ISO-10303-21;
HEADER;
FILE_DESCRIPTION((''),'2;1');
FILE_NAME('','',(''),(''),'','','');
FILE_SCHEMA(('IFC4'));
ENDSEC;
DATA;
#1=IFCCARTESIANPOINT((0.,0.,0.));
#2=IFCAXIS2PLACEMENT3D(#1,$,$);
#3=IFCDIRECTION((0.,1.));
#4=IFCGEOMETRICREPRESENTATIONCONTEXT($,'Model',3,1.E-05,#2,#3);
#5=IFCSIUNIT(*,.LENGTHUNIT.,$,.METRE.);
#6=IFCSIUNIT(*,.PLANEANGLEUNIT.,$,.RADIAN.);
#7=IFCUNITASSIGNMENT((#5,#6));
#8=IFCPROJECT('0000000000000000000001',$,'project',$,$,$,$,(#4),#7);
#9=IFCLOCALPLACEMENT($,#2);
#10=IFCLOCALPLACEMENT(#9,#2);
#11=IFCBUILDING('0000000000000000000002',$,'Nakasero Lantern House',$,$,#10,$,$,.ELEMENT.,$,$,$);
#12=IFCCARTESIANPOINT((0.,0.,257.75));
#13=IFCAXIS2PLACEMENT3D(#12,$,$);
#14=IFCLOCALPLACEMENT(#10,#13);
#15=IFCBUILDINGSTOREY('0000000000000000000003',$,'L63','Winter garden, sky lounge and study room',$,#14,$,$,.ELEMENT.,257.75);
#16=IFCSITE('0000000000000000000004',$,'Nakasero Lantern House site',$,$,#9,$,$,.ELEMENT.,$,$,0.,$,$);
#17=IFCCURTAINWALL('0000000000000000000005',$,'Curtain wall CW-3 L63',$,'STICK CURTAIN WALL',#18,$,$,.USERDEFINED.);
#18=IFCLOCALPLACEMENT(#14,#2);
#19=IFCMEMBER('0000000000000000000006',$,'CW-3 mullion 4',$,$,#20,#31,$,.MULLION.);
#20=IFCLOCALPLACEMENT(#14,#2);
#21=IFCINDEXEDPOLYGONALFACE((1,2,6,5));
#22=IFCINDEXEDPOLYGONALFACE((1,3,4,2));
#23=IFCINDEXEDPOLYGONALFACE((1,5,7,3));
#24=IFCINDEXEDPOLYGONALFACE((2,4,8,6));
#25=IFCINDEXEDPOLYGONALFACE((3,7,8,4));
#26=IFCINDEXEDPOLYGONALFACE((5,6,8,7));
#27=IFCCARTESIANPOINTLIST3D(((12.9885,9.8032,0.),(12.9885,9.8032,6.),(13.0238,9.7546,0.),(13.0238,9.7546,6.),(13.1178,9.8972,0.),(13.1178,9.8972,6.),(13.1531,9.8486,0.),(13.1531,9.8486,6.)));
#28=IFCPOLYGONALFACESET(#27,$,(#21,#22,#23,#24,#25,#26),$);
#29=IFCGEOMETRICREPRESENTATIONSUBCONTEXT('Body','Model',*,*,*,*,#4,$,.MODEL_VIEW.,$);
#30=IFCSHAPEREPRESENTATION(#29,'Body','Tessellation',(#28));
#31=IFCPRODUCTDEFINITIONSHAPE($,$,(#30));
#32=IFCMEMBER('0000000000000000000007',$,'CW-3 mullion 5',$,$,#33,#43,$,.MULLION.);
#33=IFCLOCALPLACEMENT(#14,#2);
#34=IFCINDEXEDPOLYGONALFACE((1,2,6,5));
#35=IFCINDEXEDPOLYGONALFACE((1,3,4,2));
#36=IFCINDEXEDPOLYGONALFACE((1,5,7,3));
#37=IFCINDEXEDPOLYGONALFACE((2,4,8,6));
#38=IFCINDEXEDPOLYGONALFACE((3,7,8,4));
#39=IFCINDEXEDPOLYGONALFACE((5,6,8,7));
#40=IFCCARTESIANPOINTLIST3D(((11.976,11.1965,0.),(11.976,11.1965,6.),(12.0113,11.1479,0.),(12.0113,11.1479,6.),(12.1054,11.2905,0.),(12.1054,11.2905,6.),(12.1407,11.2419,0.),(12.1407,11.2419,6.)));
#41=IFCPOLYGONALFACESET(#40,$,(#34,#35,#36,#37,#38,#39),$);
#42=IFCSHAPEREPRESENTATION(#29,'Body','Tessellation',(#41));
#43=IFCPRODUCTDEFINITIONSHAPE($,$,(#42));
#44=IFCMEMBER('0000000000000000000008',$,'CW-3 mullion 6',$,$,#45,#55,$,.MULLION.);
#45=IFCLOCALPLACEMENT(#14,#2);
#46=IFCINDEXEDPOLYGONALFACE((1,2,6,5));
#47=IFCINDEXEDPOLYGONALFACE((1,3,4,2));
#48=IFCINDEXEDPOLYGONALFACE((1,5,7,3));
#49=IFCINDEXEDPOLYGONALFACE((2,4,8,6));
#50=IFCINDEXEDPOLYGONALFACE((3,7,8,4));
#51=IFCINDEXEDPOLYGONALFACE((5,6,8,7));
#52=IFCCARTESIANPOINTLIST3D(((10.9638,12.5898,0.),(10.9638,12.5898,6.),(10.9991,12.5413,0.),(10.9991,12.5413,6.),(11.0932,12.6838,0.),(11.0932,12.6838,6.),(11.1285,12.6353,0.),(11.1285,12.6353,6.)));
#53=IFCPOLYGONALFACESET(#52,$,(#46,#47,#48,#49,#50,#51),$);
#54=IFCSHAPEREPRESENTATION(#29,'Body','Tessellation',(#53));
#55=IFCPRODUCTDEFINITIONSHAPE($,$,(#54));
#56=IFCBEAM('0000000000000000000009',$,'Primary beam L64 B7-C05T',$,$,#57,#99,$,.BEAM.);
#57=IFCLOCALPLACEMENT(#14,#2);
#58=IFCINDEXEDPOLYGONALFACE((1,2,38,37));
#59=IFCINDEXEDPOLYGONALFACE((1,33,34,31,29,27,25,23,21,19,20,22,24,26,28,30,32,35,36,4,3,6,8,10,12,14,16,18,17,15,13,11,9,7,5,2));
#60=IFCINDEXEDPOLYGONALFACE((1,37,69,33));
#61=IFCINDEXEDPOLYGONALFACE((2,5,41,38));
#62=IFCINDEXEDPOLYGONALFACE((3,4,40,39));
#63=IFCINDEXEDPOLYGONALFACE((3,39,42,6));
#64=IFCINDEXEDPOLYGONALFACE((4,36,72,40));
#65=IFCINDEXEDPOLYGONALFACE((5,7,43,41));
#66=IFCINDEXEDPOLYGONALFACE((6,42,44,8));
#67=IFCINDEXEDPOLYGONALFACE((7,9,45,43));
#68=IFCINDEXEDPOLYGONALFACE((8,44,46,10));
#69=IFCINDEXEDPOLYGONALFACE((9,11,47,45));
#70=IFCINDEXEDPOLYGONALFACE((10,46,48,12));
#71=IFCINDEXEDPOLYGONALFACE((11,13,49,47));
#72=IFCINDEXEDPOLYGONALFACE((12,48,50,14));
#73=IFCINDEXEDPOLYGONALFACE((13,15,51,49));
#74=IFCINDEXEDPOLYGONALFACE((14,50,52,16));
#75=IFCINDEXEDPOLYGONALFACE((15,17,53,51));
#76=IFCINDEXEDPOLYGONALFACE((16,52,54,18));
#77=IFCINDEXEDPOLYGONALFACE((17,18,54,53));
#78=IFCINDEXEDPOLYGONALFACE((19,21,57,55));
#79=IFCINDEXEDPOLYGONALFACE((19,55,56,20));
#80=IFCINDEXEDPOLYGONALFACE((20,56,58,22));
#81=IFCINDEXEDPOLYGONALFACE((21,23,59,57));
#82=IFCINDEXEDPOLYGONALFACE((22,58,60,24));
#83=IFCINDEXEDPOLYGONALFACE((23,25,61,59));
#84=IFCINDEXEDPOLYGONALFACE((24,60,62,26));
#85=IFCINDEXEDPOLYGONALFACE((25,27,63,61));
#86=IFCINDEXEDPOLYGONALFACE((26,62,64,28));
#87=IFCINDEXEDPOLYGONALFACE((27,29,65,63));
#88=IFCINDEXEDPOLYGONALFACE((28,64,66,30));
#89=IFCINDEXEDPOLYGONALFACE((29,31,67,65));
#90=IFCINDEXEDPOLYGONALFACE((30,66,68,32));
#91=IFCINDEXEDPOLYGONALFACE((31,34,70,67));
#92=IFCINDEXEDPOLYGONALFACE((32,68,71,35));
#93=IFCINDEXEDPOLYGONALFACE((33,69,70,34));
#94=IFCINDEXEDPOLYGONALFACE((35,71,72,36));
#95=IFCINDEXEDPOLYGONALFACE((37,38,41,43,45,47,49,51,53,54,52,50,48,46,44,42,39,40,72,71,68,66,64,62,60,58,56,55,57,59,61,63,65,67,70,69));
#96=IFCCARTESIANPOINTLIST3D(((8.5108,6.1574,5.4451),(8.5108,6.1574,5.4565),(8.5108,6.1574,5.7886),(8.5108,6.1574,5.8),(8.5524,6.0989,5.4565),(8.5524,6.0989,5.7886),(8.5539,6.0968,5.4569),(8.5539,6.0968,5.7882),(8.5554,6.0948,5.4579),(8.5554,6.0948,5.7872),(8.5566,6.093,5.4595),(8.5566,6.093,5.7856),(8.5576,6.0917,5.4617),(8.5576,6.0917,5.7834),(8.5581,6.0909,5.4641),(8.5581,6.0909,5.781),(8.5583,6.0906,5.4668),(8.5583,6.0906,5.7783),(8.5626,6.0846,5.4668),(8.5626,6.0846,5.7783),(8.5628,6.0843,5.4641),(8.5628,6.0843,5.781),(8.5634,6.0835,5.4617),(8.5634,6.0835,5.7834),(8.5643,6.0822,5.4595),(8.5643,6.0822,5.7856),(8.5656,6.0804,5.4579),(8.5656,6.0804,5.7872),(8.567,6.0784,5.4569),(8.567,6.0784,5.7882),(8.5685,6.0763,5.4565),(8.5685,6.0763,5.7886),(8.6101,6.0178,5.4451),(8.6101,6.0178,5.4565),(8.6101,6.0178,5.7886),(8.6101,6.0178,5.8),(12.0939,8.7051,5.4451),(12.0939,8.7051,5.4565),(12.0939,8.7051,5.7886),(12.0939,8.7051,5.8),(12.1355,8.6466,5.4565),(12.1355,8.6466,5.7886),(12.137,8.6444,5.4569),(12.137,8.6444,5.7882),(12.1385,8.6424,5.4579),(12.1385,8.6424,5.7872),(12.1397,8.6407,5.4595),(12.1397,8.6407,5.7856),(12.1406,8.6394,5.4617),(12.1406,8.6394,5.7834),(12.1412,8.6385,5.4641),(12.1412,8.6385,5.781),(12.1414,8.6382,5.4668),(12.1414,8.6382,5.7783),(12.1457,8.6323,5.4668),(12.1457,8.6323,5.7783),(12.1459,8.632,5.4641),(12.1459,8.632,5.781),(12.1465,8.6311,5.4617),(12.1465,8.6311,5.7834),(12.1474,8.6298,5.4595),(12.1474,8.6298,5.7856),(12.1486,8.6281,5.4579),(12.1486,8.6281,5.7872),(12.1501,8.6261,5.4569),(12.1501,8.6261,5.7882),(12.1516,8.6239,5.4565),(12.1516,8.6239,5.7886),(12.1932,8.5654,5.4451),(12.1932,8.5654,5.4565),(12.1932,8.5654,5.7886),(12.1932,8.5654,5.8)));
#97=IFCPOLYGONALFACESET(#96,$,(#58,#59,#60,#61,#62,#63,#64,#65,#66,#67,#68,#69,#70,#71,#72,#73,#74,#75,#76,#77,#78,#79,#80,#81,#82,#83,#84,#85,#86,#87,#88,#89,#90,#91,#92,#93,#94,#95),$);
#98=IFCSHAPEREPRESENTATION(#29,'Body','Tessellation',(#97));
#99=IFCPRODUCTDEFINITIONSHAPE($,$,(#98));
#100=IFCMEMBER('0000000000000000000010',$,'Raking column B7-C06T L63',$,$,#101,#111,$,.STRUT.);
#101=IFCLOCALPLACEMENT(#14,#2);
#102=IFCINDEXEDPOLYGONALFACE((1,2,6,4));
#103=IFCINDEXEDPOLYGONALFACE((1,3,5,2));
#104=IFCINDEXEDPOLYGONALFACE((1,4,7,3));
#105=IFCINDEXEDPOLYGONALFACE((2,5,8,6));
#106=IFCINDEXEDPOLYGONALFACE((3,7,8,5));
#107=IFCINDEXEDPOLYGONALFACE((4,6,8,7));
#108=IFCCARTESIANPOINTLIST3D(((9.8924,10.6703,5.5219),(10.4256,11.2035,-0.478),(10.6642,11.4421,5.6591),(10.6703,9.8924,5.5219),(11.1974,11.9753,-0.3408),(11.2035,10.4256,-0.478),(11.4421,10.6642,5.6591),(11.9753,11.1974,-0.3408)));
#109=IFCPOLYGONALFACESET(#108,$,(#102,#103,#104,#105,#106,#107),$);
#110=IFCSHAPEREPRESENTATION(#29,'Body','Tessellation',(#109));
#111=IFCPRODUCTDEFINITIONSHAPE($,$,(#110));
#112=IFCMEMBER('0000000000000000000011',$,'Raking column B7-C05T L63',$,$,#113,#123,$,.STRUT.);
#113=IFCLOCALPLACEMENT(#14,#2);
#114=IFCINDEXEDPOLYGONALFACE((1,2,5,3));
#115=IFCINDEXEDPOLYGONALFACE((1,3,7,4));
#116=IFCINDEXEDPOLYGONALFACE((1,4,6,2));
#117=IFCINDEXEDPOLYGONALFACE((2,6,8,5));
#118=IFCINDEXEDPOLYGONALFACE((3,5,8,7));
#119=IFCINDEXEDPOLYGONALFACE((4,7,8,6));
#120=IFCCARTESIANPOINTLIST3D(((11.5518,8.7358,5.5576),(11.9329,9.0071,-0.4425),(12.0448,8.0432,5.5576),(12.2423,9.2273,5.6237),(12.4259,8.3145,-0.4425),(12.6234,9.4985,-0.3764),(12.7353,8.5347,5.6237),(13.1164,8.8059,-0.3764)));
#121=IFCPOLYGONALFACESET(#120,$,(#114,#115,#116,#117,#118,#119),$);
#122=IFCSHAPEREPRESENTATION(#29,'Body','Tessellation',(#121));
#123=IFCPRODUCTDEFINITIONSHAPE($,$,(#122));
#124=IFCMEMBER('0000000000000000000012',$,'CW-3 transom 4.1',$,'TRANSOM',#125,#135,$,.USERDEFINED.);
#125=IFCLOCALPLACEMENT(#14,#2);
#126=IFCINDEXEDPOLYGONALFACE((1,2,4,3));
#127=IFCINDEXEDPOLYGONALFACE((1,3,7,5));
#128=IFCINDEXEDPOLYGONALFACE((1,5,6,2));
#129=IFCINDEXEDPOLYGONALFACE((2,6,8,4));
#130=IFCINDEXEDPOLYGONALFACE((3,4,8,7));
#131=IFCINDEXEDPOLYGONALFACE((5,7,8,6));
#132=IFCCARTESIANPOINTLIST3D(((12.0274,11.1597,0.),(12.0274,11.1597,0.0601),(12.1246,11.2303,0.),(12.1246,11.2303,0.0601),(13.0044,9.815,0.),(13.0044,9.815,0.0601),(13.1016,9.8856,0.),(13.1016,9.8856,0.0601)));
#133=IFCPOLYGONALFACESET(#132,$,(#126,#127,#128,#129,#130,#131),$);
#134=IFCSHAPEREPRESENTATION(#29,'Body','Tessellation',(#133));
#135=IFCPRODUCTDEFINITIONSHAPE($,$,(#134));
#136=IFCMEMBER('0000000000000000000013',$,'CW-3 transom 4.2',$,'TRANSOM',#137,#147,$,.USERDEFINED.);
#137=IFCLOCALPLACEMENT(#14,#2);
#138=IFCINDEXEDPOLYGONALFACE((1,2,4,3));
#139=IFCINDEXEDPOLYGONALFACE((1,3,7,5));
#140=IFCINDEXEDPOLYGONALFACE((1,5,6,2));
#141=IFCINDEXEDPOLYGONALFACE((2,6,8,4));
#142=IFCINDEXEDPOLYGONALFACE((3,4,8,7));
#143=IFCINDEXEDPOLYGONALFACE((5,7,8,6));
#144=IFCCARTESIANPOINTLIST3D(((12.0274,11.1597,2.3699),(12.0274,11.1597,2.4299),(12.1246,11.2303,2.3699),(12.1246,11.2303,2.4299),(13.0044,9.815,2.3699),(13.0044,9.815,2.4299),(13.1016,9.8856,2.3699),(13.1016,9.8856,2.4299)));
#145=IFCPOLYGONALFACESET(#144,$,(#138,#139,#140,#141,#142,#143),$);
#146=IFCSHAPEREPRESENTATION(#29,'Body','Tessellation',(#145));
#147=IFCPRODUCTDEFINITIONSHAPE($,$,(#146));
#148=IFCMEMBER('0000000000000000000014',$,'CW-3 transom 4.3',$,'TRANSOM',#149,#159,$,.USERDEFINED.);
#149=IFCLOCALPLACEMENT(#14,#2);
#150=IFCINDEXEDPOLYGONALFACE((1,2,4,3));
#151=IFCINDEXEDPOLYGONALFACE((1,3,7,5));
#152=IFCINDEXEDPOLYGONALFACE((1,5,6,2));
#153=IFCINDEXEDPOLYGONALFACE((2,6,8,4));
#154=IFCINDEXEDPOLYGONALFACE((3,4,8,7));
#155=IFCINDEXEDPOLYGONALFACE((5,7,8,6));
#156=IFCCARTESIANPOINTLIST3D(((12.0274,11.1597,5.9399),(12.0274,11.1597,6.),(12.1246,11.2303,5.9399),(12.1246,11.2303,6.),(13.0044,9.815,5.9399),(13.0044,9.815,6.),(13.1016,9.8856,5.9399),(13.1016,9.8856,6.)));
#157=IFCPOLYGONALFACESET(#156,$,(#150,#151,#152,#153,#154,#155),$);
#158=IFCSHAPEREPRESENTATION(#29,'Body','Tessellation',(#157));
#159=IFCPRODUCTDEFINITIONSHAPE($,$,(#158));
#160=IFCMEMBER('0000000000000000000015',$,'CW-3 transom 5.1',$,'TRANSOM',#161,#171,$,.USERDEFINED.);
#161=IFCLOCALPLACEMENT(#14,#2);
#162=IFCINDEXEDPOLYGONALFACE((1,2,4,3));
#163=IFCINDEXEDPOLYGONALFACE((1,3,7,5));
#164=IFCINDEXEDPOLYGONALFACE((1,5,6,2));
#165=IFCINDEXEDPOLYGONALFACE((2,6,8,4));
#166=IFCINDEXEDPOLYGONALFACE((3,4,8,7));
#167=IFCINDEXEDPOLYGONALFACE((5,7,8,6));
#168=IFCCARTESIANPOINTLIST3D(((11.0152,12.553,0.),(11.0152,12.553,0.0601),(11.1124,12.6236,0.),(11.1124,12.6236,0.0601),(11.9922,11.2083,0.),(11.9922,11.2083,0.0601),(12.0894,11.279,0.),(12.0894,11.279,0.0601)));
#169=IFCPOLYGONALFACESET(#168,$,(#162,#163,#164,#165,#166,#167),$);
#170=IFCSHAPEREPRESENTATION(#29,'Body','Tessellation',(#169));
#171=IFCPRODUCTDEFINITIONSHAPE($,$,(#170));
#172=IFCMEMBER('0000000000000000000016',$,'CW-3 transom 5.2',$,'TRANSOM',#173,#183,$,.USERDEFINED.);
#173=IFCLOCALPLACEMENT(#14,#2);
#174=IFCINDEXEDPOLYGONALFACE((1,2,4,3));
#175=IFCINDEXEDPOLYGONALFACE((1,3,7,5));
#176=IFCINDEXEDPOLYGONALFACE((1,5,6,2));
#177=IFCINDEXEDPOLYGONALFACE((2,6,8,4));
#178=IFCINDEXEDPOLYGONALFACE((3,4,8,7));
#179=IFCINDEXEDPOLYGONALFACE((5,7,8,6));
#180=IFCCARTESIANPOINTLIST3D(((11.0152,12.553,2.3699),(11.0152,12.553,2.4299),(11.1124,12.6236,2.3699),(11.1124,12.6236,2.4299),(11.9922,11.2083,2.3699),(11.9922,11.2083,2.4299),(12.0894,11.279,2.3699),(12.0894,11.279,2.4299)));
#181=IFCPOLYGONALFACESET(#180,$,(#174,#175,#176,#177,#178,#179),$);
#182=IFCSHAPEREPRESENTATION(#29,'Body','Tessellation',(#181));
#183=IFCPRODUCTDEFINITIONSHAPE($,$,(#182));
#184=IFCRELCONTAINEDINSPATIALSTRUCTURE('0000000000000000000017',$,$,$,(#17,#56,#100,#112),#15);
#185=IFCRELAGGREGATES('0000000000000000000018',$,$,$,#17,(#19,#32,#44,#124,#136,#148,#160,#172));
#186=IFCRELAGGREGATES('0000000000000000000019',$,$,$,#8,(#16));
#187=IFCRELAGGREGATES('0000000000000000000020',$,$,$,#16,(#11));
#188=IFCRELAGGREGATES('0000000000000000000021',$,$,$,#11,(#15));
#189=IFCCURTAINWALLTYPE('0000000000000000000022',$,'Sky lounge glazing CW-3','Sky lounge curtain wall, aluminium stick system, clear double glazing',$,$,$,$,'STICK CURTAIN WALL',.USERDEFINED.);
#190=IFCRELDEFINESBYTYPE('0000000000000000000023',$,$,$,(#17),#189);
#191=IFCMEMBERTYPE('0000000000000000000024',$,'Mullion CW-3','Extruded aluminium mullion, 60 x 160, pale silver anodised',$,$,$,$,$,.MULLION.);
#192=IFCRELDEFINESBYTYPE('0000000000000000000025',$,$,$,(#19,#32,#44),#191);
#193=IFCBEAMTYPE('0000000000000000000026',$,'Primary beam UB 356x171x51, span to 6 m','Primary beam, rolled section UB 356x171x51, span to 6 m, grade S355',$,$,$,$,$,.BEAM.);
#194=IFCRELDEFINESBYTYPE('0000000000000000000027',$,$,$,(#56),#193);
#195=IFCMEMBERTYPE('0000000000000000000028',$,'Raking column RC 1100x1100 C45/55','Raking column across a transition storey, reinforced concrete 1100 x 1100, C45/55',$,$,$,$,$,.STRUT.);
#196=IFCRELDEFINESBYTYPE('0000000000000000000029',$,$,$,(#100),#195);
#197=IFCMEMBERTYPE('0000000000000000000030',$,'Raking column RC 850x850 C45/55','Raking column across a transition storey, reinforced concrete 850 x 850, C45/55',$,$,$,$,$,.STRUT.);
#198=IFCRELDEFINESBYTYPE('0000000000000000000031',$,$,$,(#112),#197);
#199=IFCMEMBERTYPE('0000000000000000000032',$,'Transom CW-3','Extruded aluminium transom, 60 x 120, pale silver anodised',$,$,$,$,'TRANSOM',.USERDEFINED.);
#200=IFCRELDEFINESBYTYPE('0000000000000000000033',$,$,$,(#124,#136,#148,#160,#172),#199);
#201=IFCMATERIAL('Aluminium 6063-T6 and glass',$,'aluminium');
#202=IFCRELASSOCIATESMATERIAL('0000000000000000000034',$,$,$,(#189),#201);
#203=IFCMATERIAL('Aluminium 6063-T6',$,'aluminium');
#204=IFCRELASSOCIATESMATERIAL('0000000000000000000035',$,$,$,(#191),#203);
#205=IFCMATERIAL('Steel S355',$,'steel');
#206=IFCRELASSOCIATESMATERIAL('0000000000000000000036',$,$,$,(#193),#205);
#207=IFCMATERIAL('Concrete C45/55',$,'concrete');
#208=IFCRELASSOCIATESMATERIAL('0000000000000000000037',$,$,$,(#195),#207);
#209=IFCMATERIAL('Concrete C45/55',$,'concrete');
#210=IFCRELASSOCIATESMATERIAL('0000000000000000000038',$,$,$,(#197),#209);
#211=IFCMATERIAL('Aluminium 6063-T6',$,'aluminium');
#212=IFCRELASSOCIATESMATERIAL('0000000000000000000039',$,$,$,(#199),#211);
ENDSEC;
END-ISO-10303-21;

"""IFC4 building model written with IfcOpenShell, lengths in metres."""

from ifc_helpers import new_model, si_unit, direction, frame, origin, origin_2d, place, context, subcontext, project, spatial, rectangle, i_section, extrude, material, material_profile, profile_set, type_object, element, aggregate, save


model = new_model("IFC4")

# Units and contexts
model_context = context("Model", 3, precision=1e-05, world=origin(), true_north=direction((0.0, 1.0)))
body_context = subcontext(model_context, "Body", "Model", "MODEL_VIEW")
ifc_project = project(units=[si_unit("LENGTHUNIT", "METRE"), si_unit("PLANEANGLEUNIT", "RADIAN")], contexts=[model_context])

# Site, building, storey
site_placement = place(None, origin())
site = spatial("IfcSite", under=ifc_project, at=site_placement, Name="Nakasero Lantern House site", CompositionType="ELEMENT", RefElevation=0.0)
building_placement = place(site_placement, origin())
building = spatial("IfcBuilding", under=site, at=building_placement, Name="Nakasero Lantern House", CompositionType="ELEMENT")
storey_placement = place(building_placement, frame((0.0, 0.0, 257.75)))
storey = spatial("IfcBuildingStorey", under=building, at=storey_placement, Name="L63", Description="Winter garden, sky lounge and study room", CompositionType="ELEMENT", Elevation=257.75)

# Curtain wall, members
ifc_material_1 = material(Name="Aluminium 6063-T6 and glass", Category="aluminium")
curtain_wall_type = type_object("IfcCurtainWallType", Name="Sky lounge glazing CW-3", Description="Sky lounge curtain wall, aluminium stick system, clear double glazing", ElementType="STICK CURTAIN WALL", PredefinedType="USERDEFINED", material=ifc_material_1)
curtain_wall_placement = place(storey_placement, origin())
curtain_wall = element("IfcCurtainWall", 1, at=curtain_wall_placement, inside=storey, type_object=curtain_wall_type, Name="Curtain wall CW-3 L63", ObjectType="STICK CURTAIN WALL", PredefinedType="USERDEFINED")
ifc_material_2 = material(Name="Aluminium 6063-T6", Category="aluminium")
ifc_material_profile_1 = material_profile(ifc_material_2, rectangle(XDim=0.0601, YDim=0.1599, at=origin_2d()), Name="CW-3 mullion 60x160")
ifc_profile_set_1 = profile_set([ifc_material_profile_1], Name="Aluminium 6063-T6")
member_type_1 = type_object("IfcMemberType", Name="Mullion CW-3", Description="Extruded aluminium mullion, 60 x 160, pale silver anodised", PredefinedType="MULLION", material=ifc_profile_set_1)
member_1_placement = place(storey_placement, frame((13.0708, 9.8259, 0.0), z_axis=(0.0, 0.0, 1.0), x_axis=(-0.587785, 0.809017, 0.0)))
member_1 = element("IfcMember", 2, at=member_1_placement, type_object=member_type_1, Name="CW-3 mullion 4", PredefinedType="MULLION", context=body_context, shape_type="SweptSolid", body=[
    extrude(rectangle(XDim=0.0601, YDim=0.1599, at=origin_2d()), origin(), (0.0, 0.0, 1.0), 6.0),
])
member_2_placement = place(storey_placement, frame((12.0583, 11.2192, 0.0), z_axis=(0.0, 0.0, 1.0), x_axis=(-0.587785, 0.809017, 0.0)))
member_2 = element("IfcMember", 3, at=member_2_placement, type_object=member_type_1, Name="CW-3 mullion 5", PredefinedType="MULLION", context=body_context, shape_type="SweptSolid", body=[
    extrude(rectangle(XDim=0.0601, YDim=0.1599, at=origin_2d()), origin(), (0.0, 0.0, 1.0), 6.0),
])
member_3_placement = place(storey_placement, frame((11.0461, 12.6125, 0.0), z_axis=(0.0, 0.0, 1.0), x_axis=(-0.587785, 0.809017, 0.0)))
member_3 = element("IfcMember", 4, at=member_3_placement, type_object=member_type_1, Name="CW-3 mullion 6", PredefinedType="MULLION", context=body_context, shape_type="SweptSolid", body=[
    extrude(rectangle(XDim=0.0601, YDim=0.1599, at=origin_2d()), origin(), (0.0, 0.0, 1.0), 6.0),
])

# Beam
ifc_material_3 = material(Name="Steel S355", Category="steel")
ifc_material_profile_2 = material_profile(ifc_material_3, i_section(OverallWidth=0.1714, OverallDepth=0.355, WebThickness=0.0073, FlangeThickness=0.0115, FilletRadius=0.0103, at=origin_2d()), Name="UB 356x171x51")
ifc_profile_set_2 = profile_set([ifc_material_profile_2], Name="Steel S355")
beam_type = type_object("IfcBeamType", Name="Primary beam UB 356x171x51, span to 6 m", Description="Primary beam, rolled section UB 356x171x51, span to 6 m, grade S355", PredefinedType="BEAM", material=ifc_profile_set_2)
beam_placement = place(storey_placement, frame((12.1436, 8.6353, 5.6226), z_axis=(-0.814989, -0.579477, 0.0), x_axis=(0.579477, -0.814989, 0.0)))
element("IfcBeam", 5, at=beam_placement, inside=storey, type_object=beam_type, Name="Primary beam L64 B7-C05T", PredefinedType="BEAM", context=body_context, shape_type="SweptSolid", body=[
    extrude(i_section(OverallWidth=0.1714, OverallDepth=0.355, WebThickness=0.0073, FlangeThickness=0.0115, FilletRadius=0.0103, at=origin_2d()), origin(), (0.0, 0.0, 1.0), 4.3965),
])

# Members
ifc_material_4 = material(Name="Concrete C45/55", Category="concrete")
ifc_material_profile_3 = material_profile(ifc_material_4, rectangle(XDim=1.1001, YDim=1.1001, at=origin_2d()), Name="RC 1100x1100")
ifc_profile_set_3 = profile_set([ifc_material_profile_3], Name="Concrete C45/55")
member_type_2 = type_object("IfcMemberType", Name="Raking column RC 1100x1100 C45/55", Description="Raking column across a transition storey, reinforced concrete 1100 x 1100, C45/55", PredefinedType="STRUT", material=ifc_profile_set_3)
member_4_placement = place(storey_placement, frame((11.2004, 11.2004, -0.4094), z_axis=(-0.088174, -0.088174, 0.992195), x_axis=(0.707107, -0.707107, 0.0)))
element("IfcMember", 6, at=member_4_placement, inside=storey, type_object=member_type_2, Name="Raking column B7-C06T L63", PredefinedType="STRUT", context=body_context, shape_type="SweptSolid", body=[
    extrude(rectangle(XDim=1.1001, YDim=1.1001, at=origin_2d()), origin(), (0.0, 0.0, 1.0), 6.0471),
])
ifc_material_5 = material(Name="Concrete C45/55", Category="concrete")
ifc_material_profile_4 = material_profile(ifc_material_5, rectangle(XDim=0.8501, YDim=0.8501, at=origin_2d()), Name="RC 850x850")
ifc_profile_set_4 = profile_set([ifc_material_profile_4], Name="Concrete C45/55")
member_type_3 = type_object("IfcMemberType", Name="Raking column RC 850x850 C45/55", Description="Raking column across a transition storey, reinforced concrete 850 x 850, C45/55", PredefinedType="STRUT", material=ifc_profile_set_4)
member_5_placement = place(storey_placement, frame((12.5247, 8.9065, -0.4094), z_axis=(-0.063325, -0.04507, 0.996975), x_axis=(0.579855, -0.81472, 0.0)))
element("IfcMember", 7, at=member_5_placement, inside=storey, type_object=member_type_3, Name="Raking column B7-C05T L63", PredefinedType="STRUT", context=body_context, shape_type="SweptSolid", body=[
    extrude(rectangle(XDim=0.8501, YDim=0.8501, at=origin_2d()), origin(), (0.0, 0.0, 1.0), 6.0183),
])

# Members
ifc_material_6 = material(Name="Aluminium 6063-T6", Category="aluminium")
ifc_material_profile_5 = material_profile(ifc_material_6, rectangle(XDim=0.0601, YDim=0.1201, at=origin_2d()), Name="CW-3 transom 60x120")
ifc_profile_set_5 = profile_set([ifc_material_profile_5], Name="Aluminium 6063-T6")
member_type_4 = type_object("IfcMemberType", Name="Transom CW-3", Description="Extruded aluminium transom, 60 x 120, pale silver anodised", ElementType="TRANSOM", PredefinedType="USERDEFINED", material=ifc_profile_set_5)
member_6_placement = place(storey_placement, frame((13.053, 9.8503, 0.03), z_axis=(-0.587805, 0.809003, 0.0), x_axis=(0.0, 0.0, 1.0)))
member_6 = element("IfcMember", 8, at=member_6_placement, type_object=member_type_4, Name="CW-3 transom 4.1", ObjectType="TRANSOM", PredefinedType="USERDEFINED", context=body_context, shape_type="SweptSolid", body=[
    extrude(rectangle(XDim=0.0601, YDim=0.1201, at=origin_2d()), origin(), (0.0, 0.0, 1.0), 1.6621),
])
member_7_placement = place(storey_placement, frame((13.053, 9.8503, 2.3999), z_axis=(-0.587805, 0.809003, 0.0), x_axis=(0.0, 0.0, 1.0)))
member_7 = element("IfcMember", 9, at=member_7_placement, type_object=member_type_4, Name="CW-3 transom 4.2", ObjectType="TRANSOM", PredefinedType="USERDEFINED", context=body_context, shape_type="SweptSolid", body=[
    extrude(rectangle(XDim=0.0601, YDim=0.1201, at=origin_2d()), origin(), (0.0, 0.0, 1.0), 1.6621),
])
member_8_placement = place(storey_placement, frame((13.053, 9.8503, 5.97), z_axis=(-0.587805, 0.809003, 0.0), x_axis=(0.0, 0.0, 1.0)))
member_8 = element("IfcMember", 10, at=member_8_placement, type_object=member_type_4, Name="CW-3 transom 4.3", ObjectType="TRANSOM", PredefinedType="USERDEFINED", context=body_context, shape_type="SweptSolid", body=[
    extrude(rectangle(XDim=0.0601, YDim=0.1201, at=origin_2d()), origin(), (0.0, 0.0, 1.0), 1.6621),
])
member_9_placement = place(storey_placement, frame((12.0408, 11.2437, 0.03), z_axis=(-0.587805, 0.809003, 0.0), x_axis=(0.0, 0.0, 1.0)))
member_9 = element("IfcMember", 11, at=member_9_placement, type_object=member_type_4, Name="CW-3 transom 5.1", ObjectType="TRANSOM", PredefinedType="USERDEFINED", context=body_context, shape_type="SweptSolid", body=[
    extrude(rectangle(XDim=0.0601, YDim=0.1201, at=origin_2d()), origin(), (0.0, 0.0, 1.0), 1.6621),
])
member_10_placement = place(storey_placement, frame((12.0408, 11.2437, 2.3999), z_axis=(-0.587805, 0.809003, 0.0), x_axis=(0.0, 0.0, 1.0)))
member_10 = element("IfcMember", 12, at=member_10_placement, type_object=member_type_4, Name="CW-3 transom 5.2", ObjectType="TRANSOM", PredefinedType="USERDEFINED", context=body_context, shape_type="SweptSolid", body=[
    extrude(rectangle(XDim=0.0601, YDim=0.1201, at=origin_2d()), origin(), (0.0, 0.0, 1.0), 1.6621),
])

aggregate(curtain_wall, [member_1, member_2, member_3, member_6, member_7, member_8, member_9, member_10])

save(model, "model.ifc")
